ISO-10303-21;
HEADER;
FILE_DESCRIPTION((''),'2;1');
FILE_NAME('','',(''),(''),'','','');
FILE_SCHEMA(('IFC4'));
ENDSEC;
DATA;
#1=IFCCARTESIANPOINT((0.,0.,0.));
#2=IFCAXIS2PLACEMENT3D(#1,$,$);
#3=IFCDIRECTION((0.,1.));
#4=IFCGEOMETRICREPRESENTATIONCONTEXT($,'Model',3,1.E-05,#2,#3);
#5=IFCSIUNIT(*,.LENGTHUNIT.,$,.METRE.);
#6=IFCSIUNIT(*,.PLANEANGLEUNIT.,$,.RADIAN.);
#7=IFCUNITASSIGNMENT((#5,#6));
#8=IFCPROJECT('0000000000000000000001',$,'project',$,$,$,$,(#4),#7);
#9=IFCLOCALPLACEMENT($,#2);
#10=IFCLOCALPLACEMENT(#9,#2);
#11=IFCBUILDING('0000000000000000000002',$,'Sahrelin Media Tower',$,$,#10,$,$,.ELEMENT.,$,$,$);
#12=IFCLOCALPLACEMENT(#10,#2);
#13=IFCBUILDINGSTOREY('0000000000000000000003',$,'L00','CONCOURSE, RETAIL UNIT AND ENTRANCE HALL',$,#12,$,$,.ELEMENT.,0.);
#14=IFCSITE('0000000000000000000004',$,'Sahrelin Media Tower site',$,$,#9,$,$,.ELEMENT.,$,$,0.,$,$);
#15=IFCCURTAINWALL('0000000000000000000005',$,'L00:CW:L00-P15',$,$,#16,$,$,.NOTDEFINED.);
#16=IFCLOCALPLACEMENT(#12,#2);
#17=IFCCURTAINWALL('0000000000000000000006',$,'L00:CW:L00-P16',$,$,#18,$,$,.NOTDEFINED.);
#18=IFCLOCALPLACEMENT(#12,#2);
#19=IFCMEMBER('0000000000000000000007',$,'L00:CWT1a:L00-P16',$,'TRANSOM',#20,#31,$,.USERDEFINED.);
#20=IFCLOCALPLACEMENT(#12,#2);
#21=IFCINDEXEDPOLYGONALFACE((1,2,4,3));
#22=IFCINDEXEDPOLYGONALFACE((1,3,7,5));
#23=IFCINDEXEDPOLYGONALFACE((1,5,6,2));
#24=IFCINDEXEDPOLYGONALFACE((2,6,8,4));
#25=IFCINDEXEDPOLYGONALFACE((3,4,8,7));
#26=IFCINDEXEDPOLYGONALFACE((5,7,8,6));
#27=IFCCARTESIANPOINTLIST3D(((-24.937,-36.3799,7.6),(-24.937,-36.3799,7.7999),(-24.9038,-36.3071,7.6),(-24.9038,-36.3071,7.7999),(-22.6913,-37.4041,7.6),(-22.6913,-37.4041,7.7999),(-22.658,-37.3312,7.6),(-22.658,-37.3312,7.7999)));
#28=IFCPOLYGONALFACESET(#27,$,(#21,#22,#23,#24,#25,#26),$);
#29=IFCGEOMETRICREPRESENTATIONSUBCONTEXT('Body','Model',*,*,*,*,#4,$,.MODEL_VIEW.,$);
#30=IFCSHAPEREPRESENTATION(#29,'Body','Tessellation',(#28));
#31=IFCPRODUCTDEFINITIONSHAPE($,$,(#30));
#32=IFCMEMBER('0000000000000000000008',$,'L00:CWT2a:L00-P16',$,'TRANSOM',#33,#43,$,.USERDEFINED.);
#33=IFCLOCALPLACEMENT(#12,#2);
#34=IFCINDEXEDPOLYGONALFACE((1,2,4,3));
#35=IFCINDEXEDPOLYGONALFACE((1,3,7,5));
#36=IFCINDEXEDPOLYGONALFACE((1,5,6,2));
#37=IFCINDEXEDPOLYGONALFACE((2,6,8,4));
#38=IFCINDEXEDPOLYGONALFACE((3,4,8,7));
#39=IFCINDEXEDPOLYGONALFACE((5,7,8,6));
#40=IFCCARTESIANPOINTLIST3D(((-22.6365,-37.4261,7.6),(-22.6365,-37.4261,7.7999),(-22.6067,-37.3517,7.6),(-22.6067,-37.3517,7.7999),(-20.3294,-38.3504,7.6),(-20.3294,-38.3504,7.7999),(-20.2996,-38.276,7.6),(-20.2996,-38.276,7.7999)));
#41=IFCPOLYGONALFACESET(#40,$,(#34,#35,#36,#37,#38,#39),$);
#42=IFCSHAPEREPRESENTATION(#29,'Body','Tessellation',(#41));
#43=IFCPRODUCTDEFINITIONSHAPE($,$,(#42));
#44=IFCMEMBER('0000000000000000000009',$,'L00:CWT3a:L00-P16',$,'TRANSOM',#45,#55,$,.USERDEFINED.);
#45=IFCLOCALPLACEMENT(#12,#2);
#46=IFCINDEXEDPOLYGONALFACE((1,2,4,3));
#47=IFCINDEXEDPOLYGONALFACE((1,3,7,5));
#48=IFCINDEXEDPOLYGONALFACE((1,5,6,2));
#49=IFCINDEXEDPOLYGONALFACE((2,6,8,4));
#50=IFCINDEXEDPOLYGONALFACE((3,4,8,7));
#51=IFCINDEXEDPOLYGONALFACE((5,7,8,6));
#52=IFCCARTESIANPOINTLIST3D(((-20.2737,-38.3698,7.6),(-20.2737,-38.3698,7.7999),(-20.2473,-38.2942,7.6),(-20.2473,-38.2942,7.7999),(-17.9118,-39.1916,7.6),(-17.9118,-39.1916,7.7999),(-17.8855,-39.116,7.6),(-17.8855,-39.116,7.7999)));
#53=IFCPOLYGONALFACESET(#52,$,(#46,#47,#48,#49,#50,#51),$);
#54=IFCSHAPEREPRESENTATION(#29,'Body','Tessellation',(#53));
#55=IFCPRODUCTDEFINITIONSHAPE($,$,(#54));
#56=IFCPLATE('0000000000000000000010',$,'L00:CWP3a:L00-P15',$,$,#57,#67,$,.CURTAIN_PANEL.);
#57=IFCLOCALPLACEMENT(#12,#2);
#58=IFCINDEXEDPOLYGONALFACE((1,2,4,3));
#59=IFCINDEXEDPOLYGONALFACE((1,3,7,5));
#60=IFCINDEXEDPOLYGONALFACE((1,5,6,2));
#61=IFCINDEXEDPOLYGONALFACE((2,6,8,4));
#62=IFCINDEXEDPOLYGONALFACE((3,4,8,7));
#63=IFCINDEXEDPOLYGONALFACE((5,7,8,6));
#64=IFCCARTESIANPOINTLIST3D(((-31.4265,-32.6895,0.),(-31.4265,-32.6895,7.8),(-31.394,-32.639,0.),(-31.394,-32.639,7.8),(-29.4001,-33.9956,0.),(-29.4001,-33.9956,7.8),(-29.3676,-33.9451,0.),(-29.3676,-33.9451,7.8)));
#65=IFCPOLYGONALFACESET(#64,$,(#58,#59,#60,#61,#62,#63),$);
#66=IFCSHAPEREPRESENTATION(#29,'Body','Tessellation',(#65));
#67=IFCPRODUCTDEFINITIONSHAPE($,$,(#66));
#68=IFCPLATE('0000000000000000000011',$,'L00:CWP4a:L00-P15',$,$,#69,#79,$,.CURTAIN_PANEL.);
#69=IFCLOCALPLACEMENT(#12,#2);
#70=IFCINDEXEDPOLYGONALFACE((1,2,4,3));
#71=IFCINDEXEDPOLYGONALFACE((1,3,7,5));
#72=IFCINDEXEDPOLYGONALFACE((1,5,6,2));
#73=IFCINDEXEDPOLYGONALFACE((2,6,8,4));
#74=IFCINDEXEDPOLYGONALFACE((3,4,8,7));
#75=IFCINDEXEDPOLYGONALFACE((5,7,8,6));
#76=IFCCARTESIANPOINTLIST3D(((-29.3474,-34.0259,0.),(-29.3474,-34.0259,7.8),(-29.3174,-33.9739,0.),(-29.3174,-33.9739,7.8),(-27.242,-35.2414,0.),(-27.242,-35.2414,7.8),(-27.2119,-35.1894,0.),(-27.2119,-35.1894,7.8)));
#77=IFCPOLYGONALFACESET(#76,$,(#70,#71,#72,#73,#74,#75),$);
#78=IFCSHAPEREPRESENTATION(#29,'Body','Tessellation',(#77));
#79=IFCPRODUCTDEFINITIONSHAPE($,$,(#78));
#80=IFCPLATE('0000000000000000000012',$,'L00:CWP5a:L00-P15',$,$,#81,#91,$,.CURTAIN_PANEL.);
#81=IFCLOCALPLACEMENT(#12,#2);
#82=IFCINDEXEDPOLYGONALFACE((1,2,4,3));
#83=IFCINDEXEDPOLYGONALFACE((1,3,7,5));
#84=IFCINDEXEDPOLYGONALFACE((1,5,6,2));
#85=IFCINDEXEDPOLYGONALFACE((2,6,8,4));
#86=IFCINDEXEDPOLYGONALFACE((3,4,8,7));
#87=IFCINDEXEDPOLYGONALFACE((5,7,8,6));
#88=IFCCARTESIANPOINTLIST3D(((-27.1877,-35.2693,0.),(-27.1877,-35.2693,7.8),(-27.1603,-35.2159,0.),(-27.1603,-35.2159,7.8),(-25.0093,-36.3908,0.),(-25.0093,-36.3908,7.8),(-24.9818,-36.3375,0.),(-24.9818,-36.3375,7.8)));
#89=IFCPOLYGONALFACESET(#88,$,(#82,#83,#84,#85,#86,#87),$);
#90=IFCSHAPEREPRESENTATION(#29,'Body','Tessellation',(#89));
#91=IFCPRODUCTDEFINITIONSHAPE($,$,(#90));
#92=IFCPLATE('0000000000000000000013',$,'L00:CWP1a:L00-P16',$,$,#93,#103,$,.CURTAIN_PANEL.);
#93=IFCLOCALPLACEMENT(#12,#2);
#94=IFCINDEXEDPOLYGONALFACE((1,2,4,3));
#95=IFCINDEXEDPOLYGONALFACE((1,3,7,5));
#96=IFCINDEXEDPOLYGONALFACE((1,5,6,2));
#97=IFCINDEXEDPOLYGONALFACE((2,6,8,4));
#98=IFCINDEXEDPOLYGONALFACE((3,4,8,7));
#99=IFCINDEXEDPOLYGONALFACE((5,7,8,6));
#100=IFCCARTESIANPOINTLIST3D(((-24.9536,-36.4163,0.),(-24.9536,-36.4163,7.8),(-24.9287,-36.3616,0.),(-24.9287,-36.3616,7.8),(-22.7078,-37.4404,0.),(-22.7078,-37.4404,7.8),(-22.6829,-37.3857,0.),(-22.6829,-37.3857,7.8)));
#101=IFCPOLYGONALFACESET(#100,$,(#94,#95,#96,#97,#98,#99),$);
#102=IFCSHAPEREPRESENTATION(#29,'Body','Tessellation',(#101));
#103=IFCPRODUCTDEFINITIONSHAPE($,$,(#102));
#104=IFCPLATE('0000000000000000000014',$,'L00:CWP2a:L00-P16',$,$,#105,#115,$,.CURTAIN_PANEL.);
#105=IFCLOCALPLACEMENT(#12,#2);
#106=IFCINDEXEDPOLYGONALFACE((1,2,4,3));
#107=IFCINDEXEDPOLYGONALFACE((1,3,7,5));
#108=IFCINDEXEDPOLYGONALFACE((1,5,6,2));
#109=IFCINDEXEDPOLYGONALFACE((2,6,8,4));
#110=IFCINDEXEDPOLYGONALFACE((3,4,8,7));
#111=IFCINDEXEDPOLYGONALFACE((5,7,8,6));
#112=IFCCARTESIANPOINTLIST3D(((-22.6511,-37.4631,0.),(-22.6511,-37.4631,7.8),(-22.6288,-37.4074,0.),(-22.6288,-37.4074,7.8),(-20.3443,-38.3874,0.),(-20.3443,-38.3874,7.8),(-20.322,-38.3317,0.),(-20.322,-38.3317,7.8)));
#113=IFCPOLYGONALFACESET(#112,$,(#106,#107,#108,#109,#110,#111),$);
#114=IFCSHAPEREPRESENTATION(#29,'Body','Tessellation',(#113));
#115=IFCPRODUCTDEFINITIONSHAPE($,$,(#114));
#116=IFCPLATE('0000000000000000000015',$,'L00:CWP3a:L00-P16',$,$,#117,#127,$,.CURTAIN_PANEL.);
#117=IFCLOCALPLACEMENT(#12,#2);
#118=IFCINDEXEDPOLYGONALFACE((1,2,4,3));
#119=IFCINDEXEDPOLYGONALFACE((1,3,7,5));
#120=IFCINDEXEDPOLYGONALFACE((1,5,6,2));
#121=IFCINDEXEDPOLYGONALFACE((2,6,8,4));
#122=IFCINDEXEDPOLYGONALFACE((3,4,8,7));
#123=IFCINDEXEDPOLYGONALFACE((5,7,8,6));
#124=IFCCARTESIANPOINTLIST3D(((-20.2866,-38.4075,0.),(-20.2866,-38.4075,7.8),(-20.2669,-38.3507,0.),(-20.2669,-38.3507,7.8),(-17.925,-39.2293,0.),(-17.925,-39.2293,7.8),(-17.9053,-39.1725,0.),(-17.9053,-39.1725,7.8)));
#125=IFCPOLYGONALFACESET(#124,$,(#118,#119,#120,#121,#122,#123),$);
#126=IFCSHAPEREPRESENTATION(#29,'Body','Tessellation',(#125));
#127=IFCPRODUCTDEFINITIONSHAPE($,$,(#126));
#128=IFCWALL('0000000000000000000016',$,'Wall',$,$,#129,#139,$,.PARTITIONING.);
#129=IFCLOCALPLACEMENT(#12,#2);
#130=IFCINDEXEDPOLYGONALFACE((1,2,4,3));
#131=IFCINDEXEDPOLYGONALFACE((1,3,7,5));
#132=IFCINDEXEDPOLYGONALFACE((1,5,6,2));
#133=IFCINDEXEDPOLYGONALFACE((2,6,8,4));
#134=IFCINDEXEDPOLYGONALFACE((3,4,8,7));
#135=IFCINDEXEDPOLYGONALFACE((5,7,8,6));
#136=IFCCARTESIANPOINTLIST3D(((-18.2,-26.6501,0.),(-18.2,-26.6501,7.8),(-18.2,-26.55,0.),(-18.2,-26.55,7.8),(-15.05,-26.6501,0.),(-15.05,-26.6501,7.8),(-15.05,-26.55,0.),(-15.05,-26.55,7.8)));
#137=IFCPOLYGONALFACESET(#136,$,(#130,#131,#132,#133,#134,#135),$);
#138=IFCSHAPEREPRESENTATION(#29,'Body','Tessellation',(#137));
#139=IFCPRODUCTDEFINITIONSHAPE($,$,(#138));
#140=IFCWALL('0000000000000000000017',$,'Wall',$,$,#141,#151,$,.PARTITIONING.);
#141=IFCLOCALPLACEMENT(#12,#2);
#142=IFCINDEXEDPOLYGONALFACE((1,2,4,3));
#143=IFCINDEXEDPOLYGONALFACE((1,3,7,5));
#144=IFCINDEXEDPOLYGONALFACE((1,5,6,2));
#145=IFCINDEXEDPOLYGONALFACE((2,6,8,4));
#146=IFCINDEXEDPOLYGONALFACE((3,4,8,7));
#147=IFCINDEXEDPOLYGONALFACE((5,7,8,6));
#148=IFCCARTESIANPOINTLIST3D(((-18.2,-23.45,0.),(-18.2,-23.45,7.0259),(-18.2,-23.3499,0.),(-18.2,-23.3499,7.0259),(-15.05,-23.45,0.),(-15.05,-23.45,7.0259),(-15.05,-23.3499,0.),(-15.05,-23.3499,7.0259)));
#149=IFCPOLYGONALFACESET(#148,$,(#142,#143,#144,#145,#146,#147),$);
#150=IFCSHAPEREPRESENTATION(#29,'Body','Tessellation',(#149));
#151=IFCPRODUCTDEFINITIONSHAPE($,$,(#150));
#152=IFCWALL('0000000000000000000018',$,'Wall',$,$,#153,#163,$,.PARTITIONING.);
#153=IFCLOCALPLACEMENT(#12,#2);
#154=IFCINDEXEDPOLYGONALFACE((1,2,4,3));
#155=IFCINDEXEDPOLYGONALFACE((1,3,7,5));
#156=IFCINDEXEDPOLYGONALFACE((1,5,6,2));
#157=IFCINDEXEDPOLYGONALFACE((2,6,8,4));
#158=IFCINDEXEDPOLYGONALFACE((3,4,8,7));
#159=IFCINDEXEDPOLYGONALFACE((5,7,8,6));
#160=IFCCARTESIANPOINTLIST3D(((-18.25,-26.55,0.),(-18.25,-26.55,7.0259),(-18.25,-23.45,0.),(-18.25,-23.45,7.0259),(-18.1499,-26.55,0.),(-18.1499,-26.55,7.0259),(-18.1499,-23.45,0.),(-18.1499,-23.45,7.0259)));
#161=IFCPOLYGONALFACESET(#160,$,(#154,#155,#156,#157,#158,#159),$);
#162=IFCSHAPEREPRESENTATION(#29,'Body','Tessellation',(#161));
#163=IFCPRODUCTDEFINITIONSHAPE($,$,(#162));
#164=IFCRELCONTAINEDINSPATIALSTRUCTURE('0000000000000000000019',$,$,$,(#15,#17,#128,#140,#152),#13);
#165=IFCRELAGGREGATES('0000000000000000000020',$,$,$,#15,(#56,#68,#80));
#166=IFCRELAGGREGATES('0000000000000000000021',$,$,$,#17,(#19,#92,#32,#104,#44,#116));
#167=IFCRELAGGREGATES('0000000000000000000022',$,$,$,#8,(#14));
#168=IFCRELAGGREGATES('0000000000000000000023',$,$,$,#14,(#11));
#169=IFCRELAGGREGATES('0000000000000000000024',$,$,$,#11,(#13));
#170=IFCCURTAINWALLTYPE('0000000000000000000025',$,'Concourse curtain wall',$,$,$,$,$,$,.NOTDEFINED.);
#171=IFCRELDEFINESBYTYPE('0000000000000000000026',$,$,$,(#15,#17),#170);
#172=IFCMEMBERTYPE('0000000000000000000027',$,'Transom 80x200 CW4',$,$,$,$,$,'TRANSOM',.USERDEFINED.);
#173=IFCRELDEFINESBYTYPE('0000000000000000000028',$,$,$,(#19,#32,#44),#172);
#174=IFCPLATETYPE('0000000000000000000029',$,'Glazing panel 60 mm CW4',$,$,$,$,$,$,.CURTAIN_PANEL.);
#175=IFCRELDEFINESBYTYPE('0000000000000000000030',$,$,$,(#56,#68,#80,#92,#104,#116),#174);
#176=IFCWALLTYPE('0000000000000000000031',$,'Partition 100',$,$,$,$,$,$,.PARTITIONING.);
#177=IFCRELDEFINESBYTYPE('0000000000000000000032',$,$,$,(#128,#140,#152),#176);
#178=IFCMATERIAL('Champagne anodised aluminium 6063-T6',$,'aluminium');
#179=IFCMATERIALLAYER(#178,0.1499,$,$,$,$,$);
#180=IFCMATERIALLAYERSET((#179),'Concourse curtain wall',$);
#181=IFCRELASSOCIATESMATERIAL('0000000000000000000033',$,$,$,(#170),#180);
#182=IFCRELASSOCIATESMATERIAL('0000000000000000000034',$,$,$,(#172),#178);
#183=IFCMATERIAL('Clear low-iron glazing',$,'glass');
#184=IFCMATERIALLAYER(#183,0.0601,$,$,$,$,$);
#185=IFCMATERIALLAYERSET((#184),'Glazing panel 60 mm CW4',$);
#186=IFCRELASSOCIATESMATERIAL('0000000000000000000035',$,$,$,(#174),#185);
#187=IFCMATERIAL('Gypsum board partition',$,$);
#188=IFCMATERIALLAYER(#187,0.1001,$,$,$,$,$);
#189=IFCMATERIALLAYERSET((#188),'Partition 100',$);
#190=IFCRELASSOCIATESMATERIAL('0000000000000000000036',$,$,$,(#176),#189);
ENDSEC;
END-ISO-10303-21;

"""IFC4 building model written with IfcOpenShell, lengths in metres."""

from ifc_helpers import new_model, si_unit, direction, frame, frame_2d, origin, origin_2d, place, context, subcontext, project, spatial, polyline, rectangle, outline, extrude, material, layer, layer_set, material_profile, profile_set, type_object, element, aggregate, save


model = new_model("IFC4")

# Units and contexts
model_context = context("Model", 3, precision=1e-05, world=origin(), true_north=direction((0.0, 1.0)))
body_context = subcontext(model_context, "Body", "Model", "MODEL_VIEW")
ifc_project = project(units=[si_unit("LENGTHUNIT", "METRE"), si_unit("PLANEANGLEUNIT", "RADIAN")], contexts=[model_context])

# Site, building, storey
site_placement = place(None, origin())
site = spatial("IfcSite", under=ifc_project, at=site_placement, Name="Sahrelin Media Tower site", CompositionType="ELEMENT", RefElevation=0.0)
building_placement = place(site_placement, origin())
building = spatial("IfcBuilding", under=site, at=building_placement, Name="Sahrelin Media Tower", CompositionType="ELEMENT")
storey_placement = place(building_placement, origin())
storey = spatial("IfcBuildingStorey", under=building, at=storey_placement, Name="L00", Description="CONCOURSE, RETAIL UNIT AND ENTRANCE HALL", CompositionType="ELEMENT", Elevation=0.0)

# Curtain walls
ifc_material_1 = material(Name="Champagne anodised aluminium 6063-T6", Category="aluminium")
ifc_layer_1 = layer(ifc_material_1, 0.1499)
ifc_layer_set_1 = layer_set([ifc_layer_1], Name="Concourse curtain wall")
curtain_wall_type = type_object("IfcCurtainWallType", Name="Concourse curtain wall", PredefinedType="NOTDEFINED", material=ifc_layer_set_1)
curtain_wall_1_placement = place(storey_placement, frame((-35.3552, -29.6985, 0.0), z_axis=(0.0, 0.0, 1.0), x_axis=(1.0, 0.0, 0.0)))
curtain_wall_1 = element("IfcCurtainWall", 1, at=curtain_wall_1_placement, inside=storey, type_object=curtain_wall_type, Name="L00:CW:L00-P15", PredefinedType="NOTDEFINED")
curtain_wall_2_placement = place(storey_placement, frame((-25.0, -36.373, 0.0), z_axis=(0.0, 0.0, 1.0), x_axis=(1.0, 0.0, 0.0)))
curtain_wall_2 = element("IfcCurtainWall", 2, at=curtain_wall_2_placement, inside=storey, type_object=curtain_wall_type, Name="L00:CW:L00-P16", PredefinedType="NOTDEFINED")

# Members
ifc_material_profile_1 = material_profile(ifc_material_1, rectangle(XDim=0.0801, YDim=0.2, at=origin_2d()), Name="Transom 80x200")
ifc_profile_set_1 = profile_set([ifc_material_profile_1], Name="Champagne anodised aluminium 6063-T6")
member_type_1 = type_object("IfcMemberType", Name="Transom 80x200 CW4", ElementType="TRANSOM", PredefinedType="USERDEFINED", material=ifc_profile_set_1)
member_1_placement = place(storey_placement, frame((-24.9204, -36.3435, 7.7), z_axis=(0.909858, -0.41492, 0.0), x_axis=(0.41492, 0.909858, 0.0)))
member_1 = element("IfcMember", 3, at=member_1_placement, type_object=member_type_1, Name="L00:CWT1a:L00-P16", ObjectType="TRANSOM", PredefinedType="USERDEFINED", context=body_context, shape_type="SweptSolid", body=[
    extrude(rectangle(XDim=0.0801, YDim=0.2, at=origin_2d()), origin(), (0.0, 0.0, 1.0), 2.4683),
])
member_2_placement = place(storey_placement, frame((-22.6216, -37.3889, 7.7), z_axis=(0.928273, -0.371899, 0.0), x_axis=(0.371899, 0.928273, 0.0)))
member_2 = element("IfcMember", 4, at=member_2_placement, type_object=member_type_1, Name="L00:CWT2a:L00-P16", ObjectType="TRANSOM", PredefinedType="USERDEFINED", context=body_context, shape_type="SweptSolid", body=[
    extrude(rectangle(XDim=0.0801, YDim=0.2, at=origin_2d()), origin(), (0.0, 0.0, 1.0), 2.4854),
])
member_3_placement = place(storey_placement, frame((-20.2605, -38.332, 7.7), z_axis=(0.944463, -0.328619, 0.0), x_axis=(0.328619, 0.944463, 0.0)))
member_3 = element("IfcMember", 5, at=member_3_placement, type_object=member_type_1, Name="L00:CWT3a:L00-P16", ObjectType="TRANSOM", PredefinedType="USERDEFINED", context=body_context, shape_type="SweptSolid", body=[
    extrude(rectangle(XDim=0.0801, YDim=0.2, at=origin_2d()), origin(), (0.0, 0.0, 1.0), 2.5007),
])

# Plates
ifc_material_2 = material(Name="Clear low-iron glazing", Category="glass")
ifc_layer_2 = layer(ifc_material_2, 0.0601)
ifc_layer_set_2 = layer_set([ifc_layer_2], Name="Glazing panel 60 mm CW4")
plate_type = type_object("IfcPlateType", Name="Glazing panel 60 mm CW4", PredefinedType="CURTAIN_PANEL", material=ifc_layer_set_2)
plate_1_placement = place(storey_placement, frame((-31.4265, -32.6895, 0.0), z_axis=(-0.541781, -0.84052, 0.0), x_axis=(0.84052, -0.541781, 0.0)))
plate_1 = element("IfcPlate", 6, at=plate_1_placement, type_object=plate_type, Name="L00:CWP3a:L00-P15", PredefinedType="CURTAIN_PANEL", context=body_context, shape_type="SweptSolid", body=[
    extrude(outline(polyline([(0.0, 0.0), (2.4109, 0.0), (2.4109, 7.8), (0.0, 7.8), (0.0, 0.0)])), origin(), (0.0, 0.0, -1.0), 0.0601),
])
plate_2_placement = place(storey_placement, frame((-29.3474, -34.0259, 0.0), z_axis=(-0.499995, -0.866028, 0.0), x_axis=(0.866028, -0.499995, 0.0)))
plate_2 = element("IfcPlate", 7, at=plate_2_placement, type_object=plate_type, Name="L00:CWP4a:L00-P15", PredefinedType="CURTAIN_PANEL", context=body_context, shape_type="SweptSolid", body=[
    extrude(outline(polyline([(0.0, 0.0), (2.4312, 0.0), (2.4312, 7.8), (0.0, 7.8), (0.0, 0.0)])), origin(), (0.0, 0.0, -1.0), 0.0601),
])
plate_3_placement = place(storey_placement, frame((-27.1877, -35.2693, 0.0), z_axis=(-0.457744, -0.889084, 0.0), x_axis=(0.889084, -0.457744, 0.0)))
plate_3 = element("IfcPlate", 8, at=plate_3_placement, type_object=plate_type, Name="L00:CWP5a:L00-P15", PredefinedType="CURTAIN_PANEL", context=body_context, shape_type="SweptSolid", body=[
    extrude(outline(polyline([(0.0, 0.0), (2.4502, 0.0), (2.4502, 7.8), (0.0, 7.8), (0.0, 0.0)])), origin(), (0.0, 0.0, -1.0), 0.0601),
])
aggregate(curtain_wall_1, [plate_1, plate_2, plate_3])
plate_4_placement = place(storey_placement, frame((-24.9536, -36.4163, 0.0), z_axis=(-0.41492, -0.909858, 0.0), x_axis=(0.909858, -0.41492, 0.0)))
plate_4 = element("IfcPlate", 9, at=plate_4_placement, type_object=plate_type, Name="L00:CWP1a:L00-P16", PredefinedType="CURTAIN_PANEL", context=body_context, shape_type="SweptSolid", body=[
    extrude(outline(polyline([(0.0, 0.0), (2.4683, 0.0), (2.4683, 7.8), (0.0, 7.8), (0.0, 0.0)])), origin(), (0.0, 0.0, -1.0), 0.0601),
])
plate_5_placement = place(storey_placement, frame((-22.6511, -37.4631, 0.0), z_axis=(-0.371933, -0.92826, 0.0), x_axis=(0.92826, -0.371933, 0.0)))
plate_5 = element("IfcPlate", 10, at=plate_5_placement, type_object=plate_type, Name="L00:CWP2a:L00-P16", PredefinedType="CURTAIN_PANEL", context=body_context, shape_type="SweptSolid", body=[
    extrude(outline(polyline([(0.0, 0.0), (2.4851, 0.0), (2.4851, 7.8), (0.0, 7.8), (0.0, 0.0)])), origin(), (0.0, 0.0, -1.0), 0.0601),
])
plate_6_placement = place(storey_placement, frame((-20.2866, -38.4075, 0.0), z_axis=(-0.328649, -0.944452, 0.0), x_axis=(0.944452, -0.328649, 0.0)))
plate_6 = element("IfcPlate", 11, at=plate_6_placement, type_object=plate_type, Name="L00:CWP3a:L00-P16", PredefinedType="CURTAIN_PANEL", context=body_context, shape_type="SweptSolid", body=[
    extrude(outline(polyline([(0.0, 0.0), (2.5005, 0.0), (2.5005, 7.8), (0.0, 7.8), (0.0, 0.0)])), origin(), (0.0, 0.0, -1.0), 0.0601),
])
aggregate(curtain_wall_2, [member_1, plate_4, member_2, plate_5, member_3, plate_6])

# Walls
ifc_material_3 = material(Name="Gypsum board partition")
ifc_layer_3 = layer(ifc_material_3, 0.1001)
ifc_layer_set_3 = layer_set([ifc_layer_3], Name="Partition 100")
wall_type = type_object("IfcWallType", Name="Partition 100", PredefinedType="PARTITIONING", material=ifc_layer_set_3)
wall_1_placement = place(storey_placement, frame((-18.2, -26.6001, 0.0), z_axis=(0.0, 0.0, 1.0), x_axis=(1.0, 0.0, 0.0)))
element("IfcWall", 12, at=wall_1_placement, inside=storey, type_object=wall_type, Name="Wall", PredefinedType="PARTITIONING", context=body_context, shape_type="SweptSolid", body=[
    extrude(rectangle(XDim=3.1499, YDim=0.1001, at=frame_2d((1.575, 0.0))), origin(), (0.0, 0.0, 1.0), 7.8),
])
wall_2_placement = place(storey_placement, frame((-18.2, -23.3999, 0.0), z_axis=(0.0, 0.0, 1.0), x_axis=(1.0, 0.0, 0.0)))
element("IfcWall", 13, at=wall_2_placement, inside=storey, type_object=wall_type, Name="Wall", PredefinedType="PARTITIONING", context=body_context, shape_type="SweptSolid", body=[
    extrude(rectangle(XDim=3.1499, YDim=0.1001, at=frame_2d((1.575, 0.0))), origin(), (0.0, 0.0, 1.0), 7.0259),
])
wall_3_placement = place(storey_placement, frame((-18.2, -26.55, 0.0), z_axis=(0.0, 0.0, 1.0), x_axis=(0.0, 1.0, 0.0)))
element("IfcWall", 14, at=wall_3_placement, inside=storey, type_object=wall_type, Name="Wall", PredefinedType="PARTITIONING", context=body_context, shape_type="SweptSolid", body=[
    extrude(rectangle(XDim=3.1001, YDim=0.1001, at=frame_2d((1.55, 0.0))), origin(), (0.0, 0.0, 1.0), 7.0259),
])

save(model, "model.ifc")
